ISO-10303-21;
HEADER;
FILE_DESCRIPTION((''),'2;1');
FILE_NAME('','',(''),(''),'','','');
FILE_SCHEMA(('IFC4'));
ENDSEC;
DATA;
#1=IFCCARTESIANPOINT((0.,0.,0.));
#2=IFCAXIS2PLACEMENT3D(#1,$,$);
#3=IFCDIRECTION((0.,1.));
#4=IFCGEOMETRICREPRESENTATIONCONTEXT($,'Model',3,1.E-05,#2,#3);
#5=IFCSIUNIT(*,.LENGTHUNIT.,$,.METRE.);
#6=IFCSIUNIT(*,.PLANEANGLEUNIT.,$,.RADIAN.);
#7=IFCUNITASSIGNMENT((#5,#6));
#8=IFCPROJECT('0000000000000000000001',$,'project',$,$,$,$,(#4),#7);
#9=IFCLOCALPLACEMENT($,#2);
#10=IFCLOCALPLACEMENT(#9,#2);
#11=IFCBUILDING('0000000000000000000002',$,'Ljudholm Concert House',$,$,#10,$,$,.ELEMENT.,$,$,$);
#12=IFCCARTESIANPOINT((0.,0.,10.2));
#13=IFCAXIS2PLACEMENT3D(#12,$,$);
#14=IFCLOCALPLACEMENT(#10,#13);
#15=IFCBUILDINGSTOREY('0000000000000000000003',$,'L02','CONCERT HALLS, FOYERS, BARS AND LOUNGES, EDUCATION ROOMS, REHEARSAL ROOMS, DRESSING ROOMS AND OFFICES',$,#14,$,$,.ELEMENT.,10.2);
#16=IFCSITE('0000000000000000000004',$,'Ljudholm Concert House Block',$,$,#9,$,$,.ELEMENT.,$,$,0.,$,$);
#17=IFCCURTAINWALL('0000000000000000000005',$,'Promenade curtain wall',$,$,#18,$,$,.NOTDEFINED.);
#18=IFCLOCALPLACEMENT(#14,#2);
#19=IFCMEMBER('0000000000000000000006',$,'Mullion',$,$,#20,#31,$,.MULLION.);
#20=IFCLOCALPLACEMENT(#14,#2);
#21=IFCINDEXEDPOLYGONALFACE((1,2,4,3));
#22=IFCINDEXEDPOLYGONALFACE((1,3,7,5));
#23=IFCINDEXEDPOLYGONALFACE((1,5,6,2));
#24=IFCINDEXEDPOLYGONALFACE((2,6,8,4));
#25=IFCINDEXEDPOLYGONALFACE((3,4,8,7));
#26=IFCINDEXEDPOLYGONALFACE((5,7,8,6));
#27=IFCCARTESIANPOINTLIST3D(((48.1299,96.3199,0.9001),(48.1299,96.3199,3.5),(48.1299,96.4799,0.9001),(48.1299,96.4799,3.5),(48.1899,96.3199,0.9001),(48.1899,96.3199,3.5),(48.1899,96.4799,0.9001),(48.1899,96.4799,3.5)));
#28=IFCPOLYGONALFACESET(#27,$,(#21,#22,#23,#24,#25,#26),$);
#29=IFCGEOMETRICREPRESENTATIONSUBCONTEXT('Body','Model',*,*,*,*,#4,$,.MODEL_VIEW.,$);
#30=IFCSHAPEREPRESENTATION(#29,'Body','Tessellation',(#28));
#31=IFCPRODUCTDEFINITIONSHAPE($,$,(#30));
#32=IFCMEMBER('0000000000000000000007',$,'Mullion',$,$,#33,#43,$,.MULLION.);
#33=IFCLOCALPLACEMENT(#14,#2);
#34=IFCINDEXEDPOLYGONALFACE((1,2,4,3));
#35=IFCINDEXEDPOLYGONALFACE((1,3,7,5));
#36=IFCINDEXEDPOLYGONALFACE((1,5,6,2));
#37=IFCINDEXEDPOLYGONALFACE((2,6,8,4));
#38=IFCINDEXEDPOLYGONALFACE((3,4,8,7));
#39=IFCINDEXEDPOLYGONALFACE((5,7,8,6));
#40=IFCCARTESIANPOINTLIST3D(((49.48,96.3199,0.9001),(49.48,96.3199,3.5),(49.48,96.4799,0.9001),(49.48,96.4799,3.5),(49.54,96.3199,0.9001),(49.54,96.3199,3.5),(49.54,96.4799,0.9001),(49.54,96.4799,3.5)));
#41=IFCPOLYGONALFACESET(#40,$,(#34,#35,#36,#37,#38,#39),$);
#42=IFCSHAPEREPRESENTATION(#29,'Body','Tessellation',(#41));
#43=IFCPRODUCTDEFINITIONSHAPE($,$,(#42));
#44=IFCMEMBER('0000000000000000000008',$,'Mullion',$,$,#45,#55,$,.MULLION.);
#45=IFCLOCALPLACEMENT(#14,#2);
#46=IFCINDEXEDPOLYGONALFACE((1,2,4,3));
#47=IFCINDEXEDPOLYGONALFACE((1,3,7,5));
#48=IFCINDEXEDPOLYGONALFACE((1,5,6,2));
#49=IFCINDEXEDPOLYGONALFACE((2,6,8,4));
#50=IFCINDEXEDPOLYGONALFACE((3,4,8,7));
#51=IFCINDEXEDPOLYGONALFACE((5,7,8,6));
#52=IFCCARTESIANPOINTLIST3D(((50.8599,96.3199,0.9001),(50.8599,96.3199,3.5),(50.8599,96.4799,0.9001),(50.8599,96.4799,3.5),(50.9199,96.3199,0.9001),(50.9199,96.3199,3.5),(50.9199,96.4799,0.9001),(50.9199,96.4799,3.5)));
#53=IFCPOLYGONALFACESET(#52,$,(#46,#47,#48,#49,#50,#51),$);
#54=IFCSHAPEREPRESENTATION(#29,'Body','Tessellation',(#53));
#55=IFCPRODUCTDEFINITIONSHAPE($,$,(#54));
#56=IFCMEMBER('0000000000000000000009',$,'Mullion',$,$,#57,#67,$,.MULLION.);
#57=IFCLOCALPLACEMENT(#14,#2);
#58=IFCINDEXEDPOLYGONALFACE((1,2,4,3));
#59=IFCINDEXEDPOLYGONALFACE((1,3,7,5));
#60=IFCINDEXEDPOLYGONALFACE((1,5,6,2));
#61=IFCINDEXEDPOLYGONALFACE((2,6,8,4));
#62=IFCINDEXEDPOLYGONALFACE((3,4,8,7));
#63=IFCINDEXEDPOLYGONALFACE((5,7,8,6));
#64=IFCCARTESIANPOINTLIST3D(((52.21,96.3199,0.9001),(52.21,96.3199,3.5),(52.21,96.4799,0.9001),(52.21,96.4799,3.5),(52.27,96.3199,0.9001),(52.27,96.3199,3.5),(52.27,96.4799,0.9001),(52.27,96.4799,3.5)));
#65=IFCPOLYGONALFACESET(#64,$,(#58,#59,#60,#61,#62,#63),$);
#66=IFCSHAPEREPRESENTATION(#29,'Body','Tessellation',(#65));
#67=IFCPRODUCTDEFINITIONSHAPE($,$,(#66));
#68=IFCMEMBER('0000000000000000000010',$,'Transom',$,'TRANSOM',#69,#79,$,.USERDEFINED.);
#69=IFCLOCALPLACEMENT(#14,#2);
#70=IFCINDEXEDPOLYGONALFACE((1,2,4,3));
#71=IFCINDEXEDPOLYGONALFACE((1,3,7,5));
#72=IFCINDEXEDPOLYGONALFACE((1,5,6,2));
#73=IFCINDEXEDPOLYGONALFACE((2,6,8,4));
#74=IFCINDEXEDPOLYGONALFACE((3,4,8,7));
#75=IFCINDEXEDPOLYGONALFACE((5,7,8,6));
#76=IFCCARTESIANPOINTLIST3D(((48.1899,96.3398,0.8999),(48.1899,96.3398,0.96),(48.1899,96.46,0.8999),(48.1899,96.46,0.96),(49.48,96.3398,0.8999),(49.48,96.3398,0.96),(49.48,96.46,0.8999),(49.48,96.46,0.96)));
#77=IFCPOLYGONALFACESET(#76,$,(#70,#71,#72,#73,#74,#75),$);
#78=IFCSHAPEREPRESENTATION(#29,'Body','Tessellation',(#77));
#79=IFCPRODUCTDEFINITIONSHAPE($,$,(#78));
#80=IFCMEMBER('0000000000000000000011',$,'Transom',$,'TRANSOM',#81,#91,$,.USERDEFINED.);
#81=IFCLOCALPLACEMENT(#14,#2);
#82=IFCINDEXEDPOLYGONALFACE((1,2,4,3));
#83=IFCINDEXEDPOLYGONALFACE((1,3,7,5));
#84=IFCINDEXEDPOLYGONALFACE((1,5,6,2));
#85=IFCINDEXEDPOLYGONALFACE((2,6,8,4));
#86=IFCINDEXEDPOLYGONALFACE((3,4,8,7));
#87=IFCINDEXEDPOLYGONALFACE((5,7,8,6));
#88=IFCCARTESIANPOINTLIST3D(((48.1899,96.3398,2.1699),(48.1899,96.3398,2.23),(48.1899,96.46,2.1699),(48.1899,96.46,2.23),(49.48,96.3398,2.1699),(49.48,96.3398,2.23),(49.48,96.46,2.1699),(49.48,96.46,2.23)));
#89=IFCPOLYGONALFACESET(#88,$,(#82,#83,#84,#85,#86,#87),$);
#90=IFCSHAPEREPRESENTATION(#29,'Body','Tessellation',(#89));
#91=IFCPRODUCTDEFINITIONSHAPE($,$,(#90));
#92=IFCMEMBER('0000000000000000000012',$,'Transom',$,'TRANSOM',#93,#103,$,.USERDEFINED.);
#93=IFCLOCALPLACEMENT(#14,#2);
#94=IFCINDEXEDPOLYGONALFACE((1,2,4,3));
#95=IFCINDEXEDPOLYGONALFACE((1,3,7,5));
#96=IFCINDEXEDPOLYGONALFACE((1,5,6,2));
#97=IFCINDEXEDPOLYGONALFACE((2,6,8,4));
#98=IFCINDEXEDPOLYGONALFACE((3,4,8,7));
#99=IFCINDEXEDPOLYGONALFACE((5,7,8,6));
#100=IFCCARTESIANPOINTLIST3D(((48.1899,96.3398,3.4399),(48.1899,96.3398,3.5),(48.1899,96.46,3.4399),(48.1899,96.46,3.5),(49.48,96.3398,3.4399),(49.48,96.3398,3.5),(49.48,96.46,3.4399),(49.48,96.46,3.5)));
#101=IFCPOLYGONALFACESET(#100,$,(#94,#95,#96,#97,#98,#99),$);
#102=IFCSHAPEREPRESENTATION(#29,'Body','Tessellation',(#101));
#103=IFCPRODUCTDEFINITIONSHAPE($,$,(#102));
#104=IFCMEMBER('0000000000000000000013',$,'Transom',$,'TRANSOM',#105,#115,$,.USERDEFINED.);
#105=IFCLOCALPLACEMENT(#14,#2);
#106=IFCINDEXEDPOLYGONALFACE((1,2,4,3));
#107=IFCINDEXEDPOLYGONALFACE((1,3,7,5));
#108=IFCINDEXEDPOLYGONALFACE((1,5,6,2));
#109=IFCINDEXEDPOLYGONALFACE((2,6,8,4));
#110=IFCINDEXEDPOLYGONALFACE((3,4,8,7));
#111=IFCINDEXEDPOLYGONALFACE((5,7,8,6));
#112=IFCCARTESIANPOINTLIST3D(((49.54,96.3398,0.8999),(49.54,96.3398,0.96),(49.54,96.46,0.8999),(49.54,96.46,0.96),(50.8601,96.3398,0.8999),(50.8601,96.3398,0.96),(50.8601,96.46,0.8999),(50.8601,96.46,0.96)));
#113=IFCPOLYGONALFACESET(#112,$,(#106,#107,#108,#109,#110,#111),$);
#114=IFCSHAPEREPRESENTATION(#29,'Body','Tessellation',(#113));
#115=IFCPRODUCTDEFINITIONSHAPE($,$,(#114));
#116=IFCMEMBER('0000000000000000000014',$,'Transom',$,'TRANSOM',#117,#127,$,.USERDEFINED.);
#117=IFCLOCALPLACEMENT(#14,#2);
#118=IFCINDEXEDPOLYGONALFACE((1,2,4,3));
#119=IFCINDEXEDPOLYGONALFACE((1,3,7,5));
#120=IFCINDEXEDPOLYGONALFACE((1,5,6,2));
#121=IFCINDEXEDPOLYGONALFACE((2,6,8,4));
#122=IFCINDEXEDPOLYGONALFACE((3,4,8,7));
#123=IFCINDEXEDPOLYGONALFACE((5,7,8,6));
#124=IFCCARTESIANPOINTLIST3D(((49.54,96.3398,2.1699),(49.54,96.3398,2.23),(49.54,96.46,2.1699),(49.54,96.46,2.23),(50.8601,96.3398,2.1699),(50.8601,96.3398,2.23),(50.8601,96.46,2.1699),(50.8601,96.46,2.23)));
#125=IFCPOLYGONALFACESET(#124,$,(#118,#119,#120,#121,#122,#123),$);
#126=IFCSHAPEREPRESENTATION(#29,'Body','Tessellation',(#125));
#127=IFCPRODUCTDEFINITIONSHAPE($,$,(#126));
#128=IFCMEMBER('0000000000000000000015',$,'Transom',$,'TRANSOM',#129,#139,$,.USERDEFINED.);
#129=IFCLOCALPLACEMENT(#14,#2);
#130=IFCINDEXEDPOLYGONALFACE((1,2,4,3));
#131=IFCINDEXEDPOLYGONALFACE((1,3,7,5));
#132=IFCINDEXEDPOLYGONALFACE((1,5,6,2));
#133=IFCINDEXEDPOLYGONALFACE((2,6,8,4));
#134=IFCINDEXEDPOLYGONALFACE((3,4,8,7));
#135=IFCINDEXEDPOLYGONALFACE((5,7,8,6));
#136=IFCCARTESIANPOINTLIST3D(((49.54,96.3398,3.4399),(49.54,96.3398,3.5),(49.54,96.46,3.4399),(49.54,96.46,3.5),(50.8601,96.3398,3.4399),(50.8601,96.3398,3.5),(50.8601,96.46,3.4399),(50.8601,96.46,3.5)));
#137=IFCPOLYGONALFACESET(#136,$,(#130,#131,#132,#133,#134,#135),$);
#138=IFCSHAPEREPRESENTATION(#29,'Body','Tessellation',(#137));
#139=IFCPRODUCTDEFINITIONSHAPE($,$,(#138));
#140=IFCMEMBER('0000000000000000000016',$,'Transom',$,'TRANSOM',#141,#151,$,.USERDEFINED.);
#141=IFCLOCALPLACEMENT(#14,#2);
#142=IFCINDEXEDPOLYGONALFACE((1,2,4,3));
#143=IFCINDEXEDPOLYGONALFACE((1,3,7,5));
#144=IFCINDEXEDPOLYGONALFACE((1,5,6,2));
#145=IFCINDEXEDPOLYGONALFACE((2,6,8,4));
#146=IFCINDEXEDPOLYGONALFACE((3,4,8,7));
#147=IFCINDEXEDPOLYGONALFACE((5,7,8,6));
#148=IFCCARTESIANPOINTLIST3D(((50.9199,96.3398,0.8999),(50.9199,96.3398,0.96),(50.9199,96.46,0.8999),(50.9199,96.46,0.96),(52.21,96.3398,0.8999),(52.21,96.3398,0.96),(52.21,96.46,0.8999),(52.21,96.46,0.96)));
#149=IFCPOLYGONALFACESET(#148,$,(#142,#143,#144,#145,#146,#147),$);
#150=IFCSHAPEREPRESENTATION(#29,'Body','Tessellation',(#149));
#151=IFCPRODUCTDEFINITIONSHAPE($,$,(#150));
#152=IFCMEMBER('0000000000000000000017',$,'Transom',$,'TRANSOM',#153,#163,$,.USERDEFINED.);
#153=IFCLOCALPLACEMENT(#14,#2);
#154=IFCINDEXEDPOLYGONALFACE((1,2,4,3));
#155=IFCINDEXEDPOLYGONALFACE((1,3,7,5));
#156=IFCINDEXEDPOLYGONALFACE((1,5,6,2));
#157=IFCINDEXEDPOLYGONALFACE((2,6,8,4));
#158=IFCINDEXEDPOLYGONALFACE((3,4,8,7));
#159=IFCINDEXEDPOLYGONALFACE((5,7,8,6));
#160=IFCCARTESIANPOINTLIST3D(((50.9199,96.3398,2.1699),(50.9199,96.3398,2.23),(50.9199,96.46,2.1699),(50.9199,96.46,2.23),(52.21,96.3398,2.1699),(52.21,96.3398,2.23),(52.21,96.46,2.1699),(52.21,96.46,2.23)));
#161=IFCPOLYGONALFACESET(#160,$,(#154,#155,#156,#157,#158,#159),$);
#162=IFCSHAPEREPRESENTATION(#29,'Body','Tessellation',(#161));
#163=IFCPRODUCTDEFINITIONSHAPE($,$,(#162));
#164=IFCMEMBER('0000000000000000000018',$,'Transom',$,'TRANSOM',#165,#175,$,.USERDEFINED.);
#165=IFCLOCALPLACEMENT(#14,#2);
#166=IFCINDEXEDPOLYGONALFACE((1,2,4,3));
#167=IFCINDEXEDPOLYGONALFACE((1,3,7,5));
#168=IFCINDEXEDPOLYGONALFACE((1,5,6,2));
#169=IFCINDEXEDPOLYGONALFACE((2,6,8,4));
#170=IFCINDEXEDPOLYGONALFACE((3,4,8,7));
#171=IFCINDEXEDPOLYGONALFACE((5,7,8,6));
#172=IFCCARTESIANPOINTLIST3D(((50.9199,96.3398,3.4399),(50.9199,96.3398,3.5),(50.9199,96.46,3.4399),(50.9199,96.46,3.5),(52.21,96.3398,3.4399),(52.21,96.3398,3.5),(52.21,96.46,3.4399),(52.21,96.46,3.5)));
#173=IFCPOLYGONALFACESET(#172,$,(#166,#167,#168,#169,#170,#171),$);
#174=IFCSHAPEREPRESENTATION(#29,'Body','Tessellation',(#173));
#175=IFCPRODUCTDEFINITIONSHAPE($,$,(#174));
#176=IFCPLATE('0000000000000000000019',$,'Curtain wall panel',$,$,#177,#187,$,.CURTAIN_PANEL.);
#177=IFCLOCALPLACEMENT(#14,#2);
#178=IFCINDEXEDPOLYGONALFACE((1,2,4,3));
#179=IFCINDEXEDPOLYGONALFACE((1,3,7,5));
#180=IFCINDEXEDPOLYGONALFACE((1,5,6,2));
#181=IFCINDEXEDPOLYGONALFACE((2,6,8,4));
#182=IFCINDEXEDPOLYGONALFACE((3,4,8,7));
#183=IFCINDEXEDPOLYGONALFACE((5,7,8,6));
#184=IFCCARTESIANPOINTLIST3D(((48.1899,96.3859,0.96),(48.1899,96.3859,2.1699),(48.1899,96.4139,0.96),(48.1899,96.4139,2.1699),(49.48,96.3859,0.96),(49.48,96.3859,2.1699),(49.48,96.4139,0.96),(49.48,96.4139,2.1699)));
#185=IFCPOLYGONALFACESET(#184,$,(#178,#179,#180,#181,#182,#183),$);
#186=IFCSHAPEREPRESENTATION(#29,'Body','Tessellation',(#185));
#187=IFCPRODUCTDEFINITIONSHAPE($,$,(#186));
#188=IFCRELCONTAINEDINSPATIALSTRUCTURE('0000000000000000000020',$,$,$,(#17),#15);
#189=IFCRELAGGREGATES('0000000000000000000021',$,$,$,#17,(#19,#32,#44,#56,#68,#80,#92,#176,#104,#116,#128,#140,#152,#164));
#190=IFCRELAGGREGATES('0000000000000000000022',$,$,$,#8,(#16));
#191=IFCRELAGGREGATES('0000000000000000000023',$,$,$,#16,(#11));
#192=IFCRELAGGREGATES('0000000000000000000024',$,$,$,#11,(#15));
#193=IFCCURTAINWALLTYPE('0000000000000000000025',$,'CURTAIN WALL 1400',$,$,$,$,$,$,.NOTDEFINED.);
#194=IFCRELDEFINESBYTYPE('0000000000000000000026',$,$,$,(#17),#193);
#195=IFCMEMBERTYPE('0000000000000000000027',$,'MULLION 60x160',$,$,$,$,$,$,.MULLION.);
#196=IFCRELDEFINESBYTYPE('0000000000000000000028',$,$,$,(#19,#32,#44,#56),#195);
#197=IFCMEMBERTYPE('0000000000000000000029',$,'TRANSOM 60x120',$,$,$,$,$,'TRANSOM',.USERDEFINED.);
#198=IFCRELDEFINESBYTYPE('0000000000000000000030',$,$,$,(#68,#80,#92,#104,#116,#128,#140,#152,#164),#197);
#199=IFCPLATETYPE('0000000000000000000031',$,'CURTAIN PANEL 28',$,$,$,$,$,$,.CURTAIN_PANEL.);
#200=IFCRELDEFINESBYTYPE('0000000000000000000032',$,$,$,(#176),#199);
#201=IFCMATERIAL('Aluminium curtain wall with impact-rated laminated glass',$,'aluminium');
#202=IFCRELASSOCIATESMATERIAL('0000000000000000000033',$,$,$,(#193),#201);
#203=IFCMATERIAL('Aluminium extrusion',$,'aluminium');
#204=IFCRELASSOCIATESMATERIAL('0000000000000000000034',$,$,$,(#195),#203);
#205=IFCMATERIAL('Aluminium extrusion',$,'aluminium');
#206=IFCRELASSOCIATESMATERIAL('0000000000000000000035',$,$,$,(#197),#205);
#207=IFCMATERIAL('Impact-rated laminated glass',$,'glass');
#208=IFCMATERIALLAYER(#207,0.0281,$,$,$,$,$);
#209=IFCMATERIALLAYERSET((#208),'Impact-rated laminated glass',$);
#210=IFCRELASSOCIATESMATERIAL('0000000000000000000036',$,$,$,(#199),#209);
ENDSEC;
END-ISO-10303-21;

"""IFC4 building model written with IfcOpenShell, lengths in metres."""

from ifc_helpers import new_model, si_unit, direction, frame, origin, origin_2d, place, context, subcontext, project, spatial, rectangle, extrude, material, layer, layer_set, material_profile, profile_set, type_object, element, aggregate, save


model = new_model("IFC4")

# Units and contexts
model_context = context("Model", 3, precision=1e-05, world=origin(), true_north=direction((0.0, 1.0)))
body_context = subcontext(model_context, "Body", "Model", "MODEL_VIEW")
ifc_project = project(units=[si_unit("LENGTHUNIT", "METRE"), si_unit("PLANEANGLEUNIT", "RADIAN")], contexts=[model_context])

# Site, building, storey
site_placement = place(None, origin())
site = spatial("IfcSite", under=ifc_project, at=site_placement, Name="Ljudholm Concert House Block", CompositionType="ELEMENT", RefElevation=0.0)
building_placement = place(site_placement, origin())
building = spatial("IfcBuilding", under=site, at=building_placement, Name="Ljudholm Concert House", CompositionType="ELEMENT")
storey_placement = place(building_placement, frame((0.0, 0.0, 10.2)))
storey = spatial("IfcBuildingStorey", under=building, at=storey_placement, Name="L02", Description="CONCERT HALLS, FOYERS, BARS AND LOUNGES, EDUCATION ROOMS, REHEARSAL ROOMS, DRESSING ROOMS AND OFFICES", CompositionType="ELEMENT", Elevation=10.2)

# Curtain wall, members, plate
ifc_material_1 = material(Name="Aluminium curtain wall with impact-rated laminated glass", Category="aluminium")
curtain_wall_type = type_object("IfcCurtainWallType", Name="CURTAIN WALL 1400", PredefinedType="NOTDEFINED", material=ifc_material_1)
curtain_wall_placement = place(storey_placement, origin())
curtain_wall = element("IfcCurtainWall", 1, at=curtain_wall_placement, inside=storey, type_object=curtain_wall_type, Name="Promenade curtain wall", PredefinedType="NOTDEFINED")
ifc_material_2 = material(Name="Aluminium extrusion", Category="aluminium")
ifc_material_profile_1 = material_profile(ifc_material_2, rectangle(XDim=0.1599, YDim=0.0601, at=origin_2d()), Name="MULLION 60x160")
ifc_profile_set_1 = profile_set([ifc_material_profile_1], Name="Aluminium extrusion")
member_type_1 = type_object("IfcMemberType", Name="MULLION 60x160", PredefinedType="MULLION", material=ifc_profile_set_1)
member_1_placement = place(storey_placement, frame((48.1599, 96.3999, 0.9001), z_axis=(0.0, 0.0, 1.0), x_axis=(0.0, 1.0, 0.0)))
member_1 = element("IfcMember", 2, at=member_1_placement, type_object=member_type_1, Name="Mullion", PredefinedType="MULLION", context=body_context, shape_type="SweptSolid", body=[
    extrude(rectangle(XDim=0.1599, YDim=0.0601, at=origin_2d()), origin(), (0.0, 0.0, 1.0), 2.5999),
])
member_2_placement = place(storey_placement, frame((49.51, 96.3999, 0.9001), z_axis=(0.0, 0.0, 1.0), x_axis=(0.0, 1.0, 0.0)))
member_2 = element("IfcMember", 3, at=member_2_placement, type_object=member_type_1, Name="Mullion", PredefinedType="MULLION", context=body_context, shape_type="SweptSolid", body=[
    extrude(rectangle(XDim=0.1599, YDim=0.0601, at=origin_2d()), origin(), (0.0, 0.0, 1.0), 2.5999),
])
member_3_placement = place(storey_placement, frame((50.8899, 96.3999, 0.9001), z_axis=(0.0, 0.0, 1.0), x_axis=(0.0, 1.0, 0.0)))
member_3 = element("IfcMember", 4, at=member_3_placement, type_object=member_type_1, Name="Mullion", PredefinedType="MULLION", context=body_context, shape_type="SweptSolid", body=[
    extrude(rectangle(XDim=0.1599, YDim=0.0601, at=origin_2d()), origin(), (0.0, 0.0, 1.0), 2.5999),
])
member_4_placement = place(storey_placement, frame((52.24, 96.3999, 0.9001), z_axis=(0.0, 0.0, 1.0), x_axis=(0.0, 1.0, 0.0)))
member_4 = element("IfcMember", 5, at=member_4_placement, type_object=member_type_1, Name="Mullion", PredefinedType="MULLION", context=body_context, shape_type="SweptSolid", body=[
    extrude(rectangle(XDim=0.1599, YDim=0.0601, at=origin_2d()), origin(), (0.0, 0.0, 1.0), 2.5999),
])
ifc_material_3 = material(Name="Aluminium extrusion", Category="aluminium")
ifc_material_profile_2 = material_profile(ifc_material_3, rectangle(XDim=0.1201, YDim=0.0601, at=origin_2d()), Name="TRANSOM 60x120")
ifc_profile_set_2 = profile_set([ifc_material_profile_2], Name="Aluminium extrusion")
member_type_2 = type_object("IfcMemberType", Name="TRANSOM 60x120", ElementType="TRANSOM", PredefinedType="USERDEFINED", material=ifc_profile_set_2)
member_5_placement = place(storey_placement, frame((48.1899, 96.3999, 0.9299), z_axis=(1.0, 0.0, 0.0), x_axis=(0.0, 1.0, 0.0)))
member_5 = element("IfcMember", 6, at=member_5_placement, type_object=member_type_2, Name="Transom", ObjectType="TRANSOM", PredefinedType="USERDEFINED", context=body_context, shape_type="SweptSolid", body=[
    extrude(rectangle(XDim=0.1201, YDim=0.0601, at=origin_2d()), origin(), (0.0, 0.0, 1.0), 1.29),
])
member_6_placement = place(storey_placement, frame((48.1899, 96.3999, 2.2), z_axis=(1.0, 0.0, 0.0), x_axis=(0.0, 1.0, 0.0)))
member_6 = element("IfcMember", 7, at=member_6_placement, type_object=member_type_2, Name="Transom", ObjectType="TRANSOM", PredefinedType="USERDEFINED", context=body_context, shape_type="SweptSolid", body=[
    extrude(rectangle(XDim=0.1201, YDim=0.0601, at=origin_2d()), origin(), (0.0, 0.0, 1.0), 1.29),
])
member_7_placement = place(storey_placement, frame((48.1899, 96.3999, 3.47), z_axis=(1.0, 0.0, 0.0), x_axis=(0.0, 1.0, 0.0)))
member_7 = element("IfcMember", 8, at=member_7_placement, type_object=member_type_2, Name="Transom", ObjectType="TRANSOM", PredefinedType="USERDEFINED", context=body_context, shape_type="SweptSolid", body=[
    extrude(rectangle(XDim=0.1201, YDim=0.0601, at=origin_2d()), origin(), (0.0, 0.0, 1.0), 1.29),
])
member_8_placement = place(storey_placement, frame((49.54, 96.3999, 0.9299), z_axis=(1.0, 0.0, 0.0), x_axis=(0.0, 1.0, 0.0)))
member_8 = element("IfcMember", 9, at=member_8_placement, type_object=member_type_2, Name="Transom", ObjectType="TRANSOM", PredefinedType="USERDEFINED", context=body_context, shape_type="SweptSolid", body=[
    extrude(rectangle(XDim=0.1201, YDim=0.0601, at=origin_2d()), origin(), (0.0, 0.0, 1.0), 1.3201),
])
member_9_placement = place(storey_placement, frame((49.54, 96.3999, 2.2), z_axis=(1.0, 0.0, 0.0), x_axis=(0.0, 1.0, 0.0)))
member_9 = element("IfcMember", 10, at=member_9_placement, type_object=member_type_2, Name="Transom", ObjectType="TRANSOM", PredefinedType="USERDEFINED", context=body_context, shape_type="SweptSolid", body=[
    extrude(rectangle(XDim=0.1201, YDim=0.0601, at=origin_2d()), origin(), (0.0, 0.0, 1.0), 1.3201),
])
member_10_placement = place(storey_placement, frame((49.54, 96.3999, 3.47), z_axis=(1.0, 0.0, 0.0), x_axis=(0.0, 1.0, 0.0)))
member_10 = element("IfcMember", 11, at=member_10_placement, type_object=member_type_2, Name="Transom", ObjectType="TRANSOM", PredefinedType="USERDEFINED", context=body_context, shape_type="SweptSolid", body=[
    extrude(rectangle(XDim=0.1201, YDim=0.0601, at=origin_2d()), origin(), (0.0, 0.0, 1.0), 1.3201),
])
member_11_placement = place(storey_placement, frame((50.9199, 96.3999, 0.9299), z_axis=(1.0, 0.0, 0.0), x_axis=(0.0, 1.0, 0.0)))
member_11 = element("IfcMember", 12, at=member_11_placement, type_object=member_type_2, Name="Transom", ObjectType="TRANSOM", PredefinedType="USERDEFINED", context=body_context, shape_type="SweptSolid", body=[
    extrude(rectangle(XDim=0.1201, YDim=0.0601, at=origin_2d()), origin(), (0.0, 0.0, 1.0), 1.29),
])
member_12_placement = place(storey_placement, frame((50.9199, 96.3999, 2.2), z_axis=(1.0, 0.0, 0.0), x_axis=(0.0, 1.0, 0.0)))
member_12 = element("IfcMember", 13, at=member_12_placement, type_object=member_type_2, Name="Transom", ObjectType="TRANSOM", PredefinedType="USERDEFINED", context=body_context, shape_type="SweptSolid", body=[
    extrude(rectangle(XDim=0.1201, YDim=0.0601, at=origin_2d()), origin(), (0.0, 0.0, 1.0), 1.29),
])
member_13_placement = place(storey_placement, frame((50.9199, 96.3999, 3.47), z_axis=(1.0, 0.0, 0.0), x_axis=(0.0, 1.0, 0.0)))
member_13 = element("IfcMember", 14, at=member_13_placement, type_object=member_type_2, Name="Transom", ObjectType="TRANSOM", PredefinedType="USERDEFINED", context=body_context, shape_type="SweptSolid", body=[
    extrude(rectangle(XDim=0.1201, YDim=0.0601, at=origin_2d()), origin(), (0.0, 0.0, 1.0), 1.29),
])
ifc_material_4 = material(Name="Impact-rated laminated glass", Category="glass")
ifc_layer_1 = layer(ifc_material_4, 0.0281)
ifc_layer_set_1 = layer_set([ifc_layer_1], Name="Impact-rated laminated glass")
plate_type = type_object("IfcPlateType", Name="CURTAIN PANEL 28", PredefinedType="CURTAIN_PANEL", material=ifc_layer_set_1)
plate_1_placement = place(storey_placement, frame((48.835, 96.3999, 0.96), z_axis=(0.0, 0.0, 1.0), x_axis=(1.0, 0.0, 0.0)))
plate_1 = element("IfcPlate", 15, at=plate_1_placement, type_object=plate_type, Name="Curtain wall panel", PredefinedType="CURTAIN_PANEL", context=body_context, shape_type="SweptSolid", body=[
    extrude(rectangle(XDim=1.29, YDim=0.0281, at=origin_2d()), origin(), (0.0, 0.0, 1.0), 1.21),
])
aggregate(curtain_wall, [member_1, member_2, member_3, member_4, member_5, member_6, member_7, plate_1, member_8, member_9, member_10, member_11, member_12, member_13])

save(model, "model.ifc")
